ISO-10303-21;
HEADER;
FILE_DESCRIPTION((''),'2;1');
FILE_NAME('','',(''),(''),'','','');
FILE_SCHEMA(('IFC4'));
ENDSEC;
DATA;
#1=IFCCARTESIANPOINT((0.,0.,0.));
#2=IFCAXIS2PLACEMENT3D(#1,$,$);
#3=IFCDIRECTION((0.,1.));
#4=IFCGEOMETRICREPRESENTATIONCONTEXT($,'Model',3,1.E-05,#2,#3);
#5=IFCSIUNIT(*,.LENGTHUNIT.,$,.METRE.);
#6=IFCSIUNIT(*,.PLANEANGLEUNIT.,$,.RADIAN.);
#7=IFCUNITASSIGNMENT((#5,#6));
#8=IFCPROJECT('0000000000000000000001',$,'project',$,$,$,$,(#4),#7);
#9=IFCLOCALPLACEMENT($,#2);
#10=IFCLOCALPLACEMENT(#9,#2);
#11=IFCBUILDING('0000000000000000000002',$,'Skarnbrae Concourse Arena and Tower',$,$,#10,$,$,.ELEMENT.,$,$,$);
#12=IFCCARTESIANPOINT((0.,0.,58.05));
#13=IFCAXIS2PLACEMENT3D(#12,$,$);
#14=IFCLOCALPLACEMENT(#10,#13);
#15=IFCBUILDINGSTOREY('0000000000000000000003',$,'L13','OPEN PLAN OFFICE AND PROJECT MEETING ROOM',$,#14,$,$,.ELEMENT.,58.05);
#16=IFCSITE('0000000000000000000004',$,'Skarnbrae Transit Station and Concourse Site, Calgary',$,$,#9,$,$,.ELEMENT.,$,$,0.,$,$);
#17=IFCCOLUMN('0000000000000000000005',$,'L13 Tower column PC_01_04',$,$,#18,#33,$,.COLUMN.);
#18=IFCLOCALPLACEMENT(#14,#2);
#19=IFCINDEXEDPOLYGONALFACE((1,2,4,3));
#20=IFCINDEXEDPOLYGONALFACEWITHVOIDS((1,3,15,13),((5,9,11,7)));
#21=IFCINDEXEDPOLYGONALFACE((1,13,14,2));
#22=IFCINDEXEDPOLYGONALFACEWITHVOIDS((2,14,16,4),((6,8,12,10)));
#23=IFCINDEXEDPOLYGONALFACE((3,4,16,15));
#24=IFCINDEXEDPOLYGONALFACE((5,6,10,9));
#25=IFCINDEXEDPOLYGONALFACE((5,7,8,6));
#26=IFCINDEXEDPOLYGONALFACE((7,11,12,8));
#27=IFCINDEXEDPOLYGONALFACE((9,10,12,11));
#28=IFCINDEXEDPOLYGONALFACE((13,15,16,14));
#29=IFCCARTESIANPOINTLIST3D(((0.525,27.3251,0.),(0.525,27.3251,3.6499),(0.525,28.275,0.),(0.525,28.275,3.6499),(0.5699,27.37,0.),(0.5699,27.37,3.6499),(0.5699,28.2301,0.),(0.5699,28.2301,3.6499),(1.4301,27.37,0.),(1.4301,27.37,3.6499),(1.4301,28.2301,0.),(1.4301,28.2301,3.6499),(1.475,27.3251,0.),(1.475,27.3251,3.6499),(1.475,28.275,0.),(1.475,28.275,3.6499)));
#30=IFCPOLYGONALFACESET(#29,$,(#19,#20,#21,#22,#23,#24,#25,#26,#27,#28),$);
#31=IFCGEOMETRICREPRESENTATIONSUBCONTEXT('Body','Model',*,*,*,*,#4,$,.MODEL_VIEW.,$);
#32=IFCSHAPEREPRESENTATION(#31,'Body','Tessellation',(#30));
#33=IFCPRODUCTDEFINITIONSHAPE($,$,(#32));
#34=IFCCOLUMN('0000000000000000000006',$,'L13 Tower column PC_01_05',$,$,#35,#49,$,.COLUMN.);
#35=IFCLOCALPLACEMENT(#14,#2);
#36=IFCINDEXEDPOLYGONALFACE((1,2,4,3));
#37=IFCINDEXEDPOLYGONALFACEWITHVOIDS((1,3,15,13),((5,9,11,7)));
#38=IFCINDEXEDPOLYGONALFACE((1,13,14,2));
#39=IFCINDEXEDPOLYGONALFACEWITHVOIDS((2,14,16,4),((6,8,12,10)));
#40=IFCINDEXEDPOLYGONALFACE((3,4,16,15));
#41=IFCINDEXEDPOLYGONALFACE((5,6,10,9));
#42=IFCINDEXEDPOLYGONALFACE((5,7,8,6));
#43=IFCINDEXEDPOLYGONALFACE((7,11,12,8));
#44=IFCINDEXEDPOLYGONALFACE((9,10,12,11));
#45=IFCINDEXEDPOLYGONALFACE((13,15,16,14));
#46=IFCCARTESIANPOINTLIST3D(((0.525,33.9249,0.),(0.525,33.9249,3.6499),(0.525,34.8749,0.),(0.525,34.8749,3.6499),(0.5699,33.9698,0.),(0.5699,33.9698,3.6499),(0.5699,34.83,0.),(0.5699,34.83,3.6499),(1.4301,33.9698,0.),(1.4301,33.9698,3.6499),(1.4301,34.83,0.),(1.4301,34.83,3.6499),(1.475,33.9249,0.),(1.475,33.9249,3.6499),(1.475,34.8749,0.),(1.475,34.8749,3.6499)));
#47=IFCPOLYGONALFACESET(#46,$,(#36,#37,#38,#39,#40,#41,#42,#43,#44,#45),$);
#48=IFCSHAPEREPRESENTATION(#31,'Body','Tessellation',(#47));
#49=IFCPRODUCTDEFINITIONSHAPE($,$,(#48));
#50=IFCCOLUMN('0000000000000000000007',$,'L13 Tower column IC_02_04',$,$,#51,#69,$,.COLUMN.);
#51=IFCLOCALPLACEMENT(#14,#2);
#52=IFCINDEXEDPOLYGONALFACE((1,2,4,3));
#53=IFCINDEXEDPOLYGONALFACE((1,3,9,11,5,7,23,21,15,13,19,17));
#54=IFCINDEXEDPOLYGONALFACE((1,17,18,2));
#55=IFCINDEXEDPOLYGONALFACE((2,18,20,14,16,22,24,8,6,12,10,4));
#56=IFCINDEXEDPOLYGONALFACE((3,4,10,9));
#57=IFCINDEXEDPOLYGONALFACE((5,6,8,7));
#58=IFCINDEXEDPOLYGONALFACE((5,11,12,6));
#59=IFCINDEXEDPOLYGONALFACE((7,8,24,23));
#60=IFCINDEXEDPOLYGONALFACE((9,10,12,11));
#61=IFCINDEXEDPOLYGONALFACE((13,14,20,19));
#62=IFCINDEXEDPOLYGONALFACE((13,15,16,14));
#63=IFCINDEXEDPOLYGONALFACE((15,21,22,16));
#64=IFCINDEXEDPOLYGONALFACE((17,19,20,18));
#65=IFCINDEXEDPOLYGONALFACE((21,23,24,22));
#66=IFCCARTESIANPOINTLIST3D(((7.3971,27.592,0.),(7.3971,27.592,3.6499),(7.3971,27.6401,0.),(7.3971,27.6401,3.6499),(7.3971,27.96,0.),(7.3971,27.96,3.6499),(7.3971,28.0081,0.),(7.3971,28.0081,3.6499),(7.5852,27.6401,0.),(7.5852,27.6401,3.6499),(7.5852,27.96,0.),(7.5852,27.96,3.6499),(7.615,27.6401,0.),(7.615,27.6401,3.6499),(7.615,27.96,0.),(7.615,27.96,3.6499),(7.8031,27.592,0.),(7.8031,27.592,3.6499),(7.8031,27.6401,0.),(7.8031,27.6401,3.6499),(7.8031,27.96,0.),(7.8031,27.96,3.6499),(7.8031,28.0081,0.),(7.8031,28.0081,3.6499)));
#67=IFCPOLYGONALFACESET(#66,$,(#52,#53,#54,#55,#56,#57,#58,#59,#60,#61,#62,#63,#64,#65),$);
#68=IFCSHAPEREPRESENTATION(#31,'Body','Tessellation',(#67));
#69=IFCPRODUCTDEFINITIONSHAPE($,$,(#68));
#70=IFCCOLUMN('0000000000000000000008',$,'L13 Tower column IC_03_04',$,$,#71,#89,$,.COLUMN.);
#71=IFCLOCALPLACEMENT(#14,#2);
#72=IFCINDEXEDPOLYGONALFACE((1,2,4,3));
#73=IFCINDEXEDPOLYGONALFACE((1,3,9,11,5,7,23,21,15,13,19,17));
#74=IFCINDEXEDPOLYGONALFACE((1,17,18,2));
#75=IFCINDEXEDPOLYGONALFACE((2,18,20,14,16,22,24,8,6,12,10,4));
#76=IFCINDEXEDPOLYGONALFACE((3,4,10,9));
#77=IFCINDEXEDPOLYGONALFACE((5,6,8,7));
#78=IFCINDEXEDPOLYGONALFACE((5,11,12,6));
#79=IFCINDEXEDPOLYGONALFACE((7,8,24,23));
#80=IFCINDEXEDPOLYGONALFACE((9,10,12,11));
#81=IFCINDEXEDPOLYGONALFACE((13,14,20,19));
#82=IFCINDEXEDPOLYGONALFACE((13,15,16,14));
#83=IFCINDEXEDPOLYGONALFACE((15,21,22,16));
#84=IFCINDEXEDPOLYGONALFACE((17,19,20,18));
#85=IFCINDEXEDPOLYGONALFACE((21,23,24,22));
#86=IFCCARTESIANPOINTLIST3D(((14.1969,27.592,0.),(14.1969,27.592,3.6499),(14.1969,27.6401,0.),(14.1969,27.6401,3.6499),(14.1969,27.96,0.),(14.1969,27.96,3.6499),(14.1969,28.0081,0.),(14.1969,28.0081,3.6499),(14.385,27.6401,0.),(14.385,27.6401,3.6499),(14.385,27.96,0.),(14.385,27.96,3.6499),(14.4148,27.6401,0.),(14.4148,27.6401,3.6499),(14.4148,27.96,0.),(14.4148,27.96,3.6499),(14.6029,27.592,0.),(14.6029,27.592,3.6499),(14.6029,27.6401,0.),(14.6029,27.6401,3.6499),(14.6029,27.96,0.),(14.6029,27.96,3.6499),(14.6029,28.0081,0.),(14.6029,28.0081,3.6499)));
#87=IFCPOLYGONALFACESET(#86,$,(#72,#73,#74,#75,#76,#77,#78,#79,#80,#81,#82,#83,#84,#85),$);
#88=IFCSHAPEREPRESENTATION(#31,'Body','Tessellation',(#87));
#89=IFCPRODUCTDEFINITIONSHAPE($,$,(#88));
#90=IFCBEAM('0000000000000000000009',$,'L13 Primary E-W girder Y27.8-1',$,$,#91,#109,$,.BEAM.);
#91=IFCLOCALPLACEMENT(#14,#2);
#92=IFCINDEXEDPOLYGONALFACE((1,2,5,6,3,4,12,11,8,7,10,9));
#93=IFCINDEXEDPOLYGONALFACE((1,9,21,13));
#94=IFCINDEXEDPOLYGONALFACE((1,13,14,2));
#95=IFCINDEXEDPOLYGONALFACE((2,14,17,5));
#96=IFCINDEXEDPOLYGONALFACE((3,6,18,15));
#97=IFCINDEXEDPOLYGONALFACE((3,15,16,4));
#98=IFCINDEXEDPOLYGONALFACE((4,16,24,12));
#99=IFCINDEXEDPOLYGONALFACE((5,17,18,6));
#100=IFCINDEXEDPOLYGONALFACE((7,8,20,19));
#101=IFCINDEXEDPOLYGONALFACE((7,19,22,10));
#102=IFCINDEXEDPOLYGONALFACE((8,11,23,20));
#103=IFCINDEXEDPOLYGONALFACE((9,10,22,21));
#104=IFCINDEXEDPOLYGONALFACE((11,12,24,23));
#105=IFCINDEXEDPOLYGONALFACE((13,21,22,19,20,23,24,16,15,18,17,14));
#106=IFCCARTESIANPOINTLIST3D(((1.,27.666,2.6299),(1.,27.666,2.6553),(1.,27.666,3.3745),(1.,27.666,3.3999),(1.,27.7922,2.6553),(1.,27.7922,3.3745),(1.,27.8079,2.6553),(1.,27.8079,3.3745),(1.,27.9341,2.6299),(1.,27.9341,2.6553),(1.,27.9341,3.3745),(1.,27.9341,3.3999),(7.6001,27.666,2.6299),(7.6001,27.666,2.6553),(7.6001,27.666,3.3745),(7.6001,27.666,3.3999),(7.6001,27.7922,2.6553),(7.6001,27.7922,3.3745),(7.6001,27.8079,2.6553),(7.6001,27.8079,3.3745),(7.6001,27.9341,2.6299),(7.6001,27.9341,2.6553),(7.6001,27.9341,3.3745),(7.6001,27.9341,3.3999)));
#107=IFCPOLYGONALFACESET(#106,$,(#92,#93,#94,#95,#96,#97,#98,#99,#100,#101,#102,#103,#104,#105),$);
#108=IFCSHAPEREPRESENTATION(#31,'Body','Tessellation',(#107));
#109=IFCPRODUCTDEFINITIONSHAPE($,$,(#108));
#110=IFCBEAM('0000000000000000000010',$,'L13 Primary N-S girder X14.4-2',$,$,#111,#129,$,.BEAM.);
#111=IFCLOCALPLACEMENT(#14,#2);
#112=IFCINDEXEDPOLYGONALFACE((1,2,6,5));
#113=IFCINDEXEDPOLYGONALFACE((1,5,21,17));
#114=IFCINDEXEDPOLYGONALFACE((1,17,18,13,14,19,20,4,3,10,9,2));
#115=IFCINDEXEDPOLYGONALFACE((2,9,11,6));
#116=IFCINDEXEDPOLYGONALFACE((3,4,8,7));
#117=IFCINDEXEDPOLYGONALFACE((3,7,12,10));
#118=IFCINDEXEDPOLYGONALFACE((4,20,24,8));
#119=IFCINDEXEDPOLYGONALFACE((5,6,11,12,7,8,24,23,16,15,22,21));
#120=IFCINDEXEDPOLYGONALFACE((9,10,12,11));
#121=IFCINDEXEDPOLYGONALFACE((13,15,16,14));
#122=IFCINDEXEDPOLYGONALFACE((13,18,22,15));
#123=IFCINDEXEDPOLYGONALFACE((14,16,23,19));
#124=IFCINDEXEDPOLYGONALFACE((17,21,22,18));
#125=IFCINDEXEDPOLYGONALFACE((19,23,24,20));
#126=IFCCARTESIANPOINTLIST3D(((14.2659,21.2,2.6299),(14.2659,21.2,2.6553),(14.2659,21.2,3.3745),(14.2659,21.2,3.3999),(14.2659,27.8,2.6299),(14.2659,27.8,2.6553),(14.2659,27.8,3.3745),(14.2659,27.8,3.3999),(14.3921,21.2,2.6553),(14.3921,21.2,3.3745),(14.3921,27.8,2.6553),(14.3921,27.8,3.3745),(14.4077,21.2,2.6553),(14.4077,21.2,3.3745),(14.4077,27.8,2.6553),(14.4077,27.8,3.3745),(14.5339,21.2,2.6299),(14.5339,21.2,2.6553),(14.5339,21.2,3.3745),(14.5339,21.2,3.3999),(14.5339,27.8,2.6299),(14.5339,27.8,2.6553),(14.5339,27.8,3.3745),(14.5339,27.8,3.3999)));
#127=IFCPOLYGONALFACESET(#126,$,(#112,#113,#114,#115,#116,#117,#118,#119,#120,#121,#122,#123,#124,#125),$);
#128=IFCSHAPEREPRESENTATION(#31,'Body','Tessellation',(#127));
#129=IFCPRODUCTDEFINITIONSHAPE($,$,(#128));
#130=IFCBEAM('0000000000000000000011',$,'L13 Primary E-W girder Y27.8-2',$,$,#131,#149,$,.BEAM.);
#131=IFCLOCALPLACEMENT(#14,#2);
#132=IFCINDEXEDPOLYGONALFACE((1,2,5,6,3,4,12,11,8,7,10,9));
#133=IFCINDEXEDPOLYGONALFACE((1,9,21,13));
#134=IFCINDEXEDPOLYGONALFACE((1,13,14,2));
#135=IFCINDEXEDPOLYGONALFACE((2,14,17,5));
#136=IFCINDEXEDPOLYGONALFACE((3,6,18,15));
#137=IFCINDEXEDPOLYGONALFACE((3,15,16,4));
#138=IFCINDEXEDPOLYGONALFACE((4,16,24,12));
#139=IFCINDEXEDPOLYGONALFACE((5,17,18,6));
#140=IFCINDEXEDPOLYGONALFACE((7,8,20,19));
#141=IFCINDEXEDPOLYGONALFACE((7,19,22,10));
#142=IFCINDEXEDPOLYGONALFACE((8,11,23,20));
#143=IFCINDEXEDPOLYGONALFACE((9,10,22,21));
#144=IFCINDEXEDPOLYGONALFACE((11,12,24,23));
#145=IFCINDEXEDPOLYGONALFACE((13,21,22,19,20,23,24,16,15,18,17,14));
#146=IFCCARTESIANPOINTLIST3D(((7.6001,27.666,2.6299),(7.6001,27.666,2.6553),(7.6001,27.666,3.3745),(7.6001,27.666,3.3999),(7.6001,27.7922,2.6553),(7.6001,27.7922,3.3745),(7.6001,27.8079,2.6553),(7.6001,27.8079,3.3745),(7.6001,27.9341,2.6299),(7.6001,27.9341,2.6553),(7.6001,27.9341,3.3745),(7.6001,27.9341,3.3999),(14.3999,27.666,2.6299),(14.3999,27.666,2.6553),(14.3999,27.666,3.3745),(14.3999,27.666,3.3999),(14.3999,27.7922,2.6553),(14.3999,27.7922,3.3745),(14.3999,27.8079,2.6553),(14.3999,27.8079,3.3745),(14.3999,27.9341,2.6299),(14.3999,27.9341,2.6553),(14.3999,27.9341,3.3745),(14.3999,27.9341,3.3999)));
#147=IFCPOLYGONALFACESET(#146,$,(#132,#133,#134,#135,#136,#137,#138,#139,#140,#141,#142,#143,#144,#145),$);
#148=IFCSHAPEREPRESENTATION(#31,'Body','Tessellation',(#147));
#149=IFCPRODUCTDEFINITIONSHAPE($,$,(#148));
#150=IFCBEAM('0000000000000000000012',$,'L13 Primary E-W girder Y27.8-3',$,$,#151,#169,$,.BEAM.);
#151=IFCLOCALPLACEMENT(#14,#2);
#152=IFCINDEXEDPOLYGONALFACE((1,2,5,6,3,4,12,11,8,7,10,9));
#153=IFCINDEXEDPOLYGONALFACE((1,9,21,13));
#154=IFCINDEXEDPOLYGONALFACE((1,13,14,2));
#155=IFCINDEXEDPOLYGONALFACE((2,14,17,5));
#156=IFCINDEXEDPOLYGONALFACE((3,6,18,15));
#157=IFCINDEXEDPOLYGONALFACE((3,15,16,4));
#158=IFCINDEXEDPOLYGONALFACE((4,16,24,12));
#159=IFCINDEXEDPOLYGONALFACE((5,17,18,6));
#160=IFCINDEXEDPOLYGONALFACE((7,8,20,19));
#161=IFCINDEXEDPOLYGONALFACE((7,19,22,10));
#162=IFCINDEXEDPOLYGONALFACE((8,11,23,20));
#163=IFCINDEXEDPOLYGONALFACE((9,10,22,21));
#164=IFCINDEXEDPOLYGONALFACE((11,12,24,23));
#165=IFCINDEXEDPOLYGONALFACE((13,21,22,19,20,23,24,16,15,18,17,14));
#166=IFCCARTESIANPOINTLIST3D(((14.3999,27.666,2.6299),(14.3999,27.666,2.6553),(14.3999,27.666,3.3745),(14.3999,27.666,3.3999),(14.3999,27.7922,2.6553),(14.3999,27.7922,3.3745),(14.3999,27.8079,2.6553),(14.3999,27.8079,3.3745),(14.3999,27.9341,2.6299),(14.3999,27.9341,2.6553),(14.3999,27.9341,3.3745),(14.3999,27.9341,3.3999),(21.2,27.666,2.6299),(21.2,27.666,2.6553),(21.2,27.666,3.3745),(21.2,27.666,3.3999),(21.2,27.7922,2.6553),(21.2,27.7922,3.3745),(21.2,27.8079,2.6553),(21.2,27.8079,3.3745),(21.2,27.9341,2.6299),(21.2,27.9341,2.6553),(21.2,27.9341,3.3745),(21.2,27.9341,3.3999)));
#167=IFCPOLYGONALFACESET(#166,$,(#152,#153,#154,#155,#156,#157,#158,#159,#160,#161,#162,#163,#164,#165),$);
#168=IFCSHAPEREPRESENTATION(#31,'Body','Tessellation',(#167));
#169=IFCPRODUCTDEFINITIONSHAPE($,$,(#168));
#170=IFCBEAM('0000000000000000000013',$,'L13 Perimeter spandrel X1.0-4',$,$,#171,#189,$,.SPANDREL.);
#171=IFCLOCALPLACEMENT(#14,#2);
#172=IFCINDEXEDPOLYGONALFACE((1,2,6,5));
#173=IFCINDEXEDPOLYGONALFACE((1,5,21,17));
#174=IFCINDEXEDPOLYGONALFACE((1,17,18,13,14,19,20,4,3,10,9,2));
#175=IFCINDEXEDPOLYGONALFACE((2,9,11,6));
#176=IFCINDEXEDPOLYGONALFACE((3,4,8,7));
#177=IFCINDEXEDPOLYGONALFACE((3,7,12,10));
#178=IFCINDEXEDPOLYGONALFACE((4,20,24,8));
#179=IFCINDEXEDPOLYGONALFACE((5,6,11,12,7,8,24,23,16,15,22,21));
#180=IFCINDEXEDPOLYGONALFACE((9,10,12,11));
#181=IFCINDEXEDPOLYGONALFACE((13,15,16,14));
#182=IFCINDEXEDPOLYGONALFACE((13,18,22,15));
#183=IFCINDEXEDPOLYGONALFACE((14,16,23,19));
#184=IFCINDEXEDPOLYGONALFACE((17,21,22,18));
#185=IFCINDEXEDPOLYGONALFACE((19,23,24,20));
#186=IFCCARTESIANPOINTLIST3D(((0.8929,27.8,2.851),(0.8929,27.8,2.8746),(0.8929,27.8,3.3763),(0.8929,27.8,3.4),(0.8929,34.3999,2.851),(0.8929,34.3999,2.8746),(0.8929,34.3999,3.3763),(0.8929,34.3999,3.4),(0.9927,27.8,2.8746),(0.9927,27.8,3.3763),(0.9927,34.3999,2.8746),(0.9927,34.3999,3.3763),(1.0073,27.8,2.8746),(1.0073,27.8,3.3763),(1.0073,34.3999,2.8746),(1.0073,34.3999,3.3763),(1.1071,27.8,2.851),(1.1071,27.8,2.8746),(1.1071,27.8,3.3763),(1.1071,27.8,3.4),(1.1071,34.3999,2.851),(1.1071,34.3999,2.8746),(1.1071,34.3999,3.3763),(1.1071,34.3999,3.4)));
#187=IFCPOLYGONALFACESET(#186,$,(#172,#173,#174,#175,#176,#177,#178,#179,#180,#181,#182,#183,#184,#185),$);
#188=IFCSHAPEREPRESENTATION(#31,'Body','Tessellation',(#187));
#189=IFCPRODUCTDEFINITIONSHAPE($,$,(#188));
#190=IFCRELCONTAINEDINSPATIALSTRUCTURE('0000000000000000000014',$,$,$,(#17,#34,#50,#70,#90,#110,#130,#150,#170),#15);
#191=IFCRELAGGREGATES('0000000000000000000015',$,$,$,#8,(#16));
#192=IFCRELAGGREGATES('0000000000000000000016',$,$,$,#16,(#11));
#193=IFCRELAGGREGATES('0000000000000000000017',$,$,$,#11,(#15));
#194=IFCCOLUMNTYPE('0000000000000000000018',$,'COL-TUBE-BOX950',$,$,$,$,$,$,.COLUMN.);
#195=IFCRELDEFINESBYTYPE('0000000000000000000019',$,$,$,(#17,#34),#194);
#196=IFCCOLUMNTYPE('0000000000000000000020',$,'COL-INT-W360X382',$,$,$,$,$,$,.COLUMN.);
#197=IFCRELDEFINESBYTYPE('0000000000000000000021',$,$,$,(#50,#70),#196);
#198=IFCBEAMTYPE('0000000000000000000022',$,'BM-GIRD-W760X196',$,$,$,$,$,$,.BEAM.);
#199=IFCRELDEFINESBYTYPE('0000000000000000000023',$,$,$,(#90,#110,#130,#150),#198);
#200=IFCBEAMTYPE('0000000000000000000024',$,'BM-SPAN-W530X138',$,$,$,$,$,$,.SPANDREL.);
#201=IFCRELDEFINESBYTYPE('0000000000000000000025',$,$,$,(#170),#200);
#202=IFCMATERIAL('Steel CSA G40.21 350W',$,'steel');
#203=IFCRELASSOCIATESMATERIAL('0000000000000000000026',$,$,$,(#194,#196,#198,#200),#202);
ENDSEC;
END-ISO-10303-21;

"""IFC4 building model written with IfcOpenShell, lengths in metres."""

from ifc_helpers import new_model, si_unit, direction, frame, origin, origin_2d, place, context, subcontext, project, spatial, hollow_rectangle, i_section, extrude, source, transform, mapped, material, material_profile, profile_set, type_object, element, save


model = new_model("IFC4")

# Units and contexts
model_context = context("Model", 3, precision=1e-05, world=origin(), true_north=direction((0.0, 1.0)))
body_context = subcontext(model_context, "Body", "Model", "MODEL_VIEW")
ifc_project = project(units=[si_unit("LENGTHUNIT", "METRE"), si_unit("PLANEANGLEUNIT", "RADIAN")], contexts=[model_context])

# Site, building, storey
site_placement = place(None, origin())
site = spatial("IfcSite", under=ifc_project, at=site_placement, Name="Skarnbrae Transit Station and Concourse Site, Calgary", CompositionType="ELEMENT", RefElevation=0.0)
building_placement = place(site_placement, origin())
building = spatial("IfcBuilding", under=site, at=building_placement, Name="Skarnbrae Concourse Arena and Tower", CompositionType="ELEMENT")
storey_placement = place(building_placement, frame((0.0, 0.0, 58.05)))
storey = spatial("IfcBuildingStorey", under=building, at=storey_placement, Name="L13", Description="OPEN PLAN OFFICE AND PROJECT MEETING ROOM", CompositionType="ELEMENT", Elevation=58.05)

# Columns
ifc_material_1 = material(Name="Steel CSA G40.21 350W", Category="steel")
ifc_material_profile_1 = material_profile(ifc_material_1, hollow_rectangle(XDim=0.95, YDim=0.95, WallThickness=0.0449, at=origin_2d()), Name="BOX950X950X45")
ifc_profile_set_1 = profile_set([ifc_material_profile_1], Name="Steel CSA G40.21 350W")
column_type_1 = type_object("IfcColumnType", Name="COL-TUBE-BOX950", PredefinedType="COLUMN", material=ifc_profile_set_1)
shared_shape_1 = source(origin(), body_context, "Body", "SweptSolid", [
    extrude(hollow_rectangle(XDim=0.95, YDim=0.95, WallThickness=0.0449, at=origin_2d()), origin(), (0.0, 0.0, 1.0), 3.6499),
])
for number, where, z_axis, x_axis, name in (
    (1, (1.0, 27.8, 0.0), (0.0, 0.0, 1.0), (1.0, 0.0, 0.0), "L13 Tower column PC_01_04"),
    (2, (1.0, 34.3999, 0.0), (0.0, 0.0, 1.0), (1.0, 0.0, 0.0), "L13 Tower column PC_01_05"),
):
    element("IfcColumn", number, at=place(storey_placement, frame(where, z_axis=z_axis, x_axis=x_axis)), inside=storey, type_object=column_type_1, Name=name, PredefinedType="COLUMN", context=body_context, shape_type="MappedRepresentation", body=[
        mapped(shared_shape_1, transform((0.0, 0.0, 0.0))),
    ])
ifc_material_profile_2 = material_profile(ifc_material_1, i_section(OverallWidth=0.406, OverallDepth=0.416, WebThickness=0.0298, FlangeThickness=0.0481, at=origin_2d()), Name="W360X382")
ifc_profile_set_2 = profile_set([ifc_material_profile_2], Name="Steel CSA G40.21 350W")
column_type_2 = type_object("IfcColumnType", Name="COL-INT-W360X382", PredefinedType="COLUMN", material=ifc_profile_set_2)
shared_shape_2 = source(origin(), body_context, "Body", "SweptSolid", [
    extrude(i_section(OverallWidth=0.406, OverallDepth=0.416, WebThickness=0.0298, FlangeThickness=0.0481, at=origin_2d()), origin(), (0.0, 0.0, 1.0), 3.6499),
])
for number, where, z_axis, x_axis, name in (
    (3, (7.6001, 27.8, 0.0), (0.0, 0.0, 1.0), (1.0, 0.0, 0.0), "L13 Tower column IC_02_04"),
    (4, (14.3999, 27.8, 0.0), (0.0, 0.0, 1.0), (1.0, 0.0, 0.0), "L13 Tower column IC_03_04"),
):
    element("IfcColumn", number, at=place(storey_placement, frame(where, z_axis=z_axis, x_axis=x_axis)), inside=storey, type_object=column_type_2, Name=name, PredefinedType="COLUMN", context=body_context, shape_type="MappedRepresentation", body=[
        mapped(shared_shape_2, transform((0.0, 0.0, 0.0))),
    ])

# Beams
ifc_material_profile_3 = material_profile(ifc_material_1, i_section(OverallWidth=0.2681, OverallDepth=0.77, WebThickness=0.0156, FlangeThickness=0.0254, at=origin_2d()), Name="W760X196")
ifc_profile_set_3 = profile_set([ifc_material_profile_3], Name="Steel CSA G40.21 350W")
beam_type_1 = type_object("IfcBeamType", Name="BM-GIRD-W760X196", PredefinedType="BEAM", material=ifc_profile_set_3)
shared_shape_3 = source(origin(), body_context, "Body", "SweptSolid", [
    extrude(i_section(OverallWidth=0.2681, OverallDepth=0.77, WebThickness=0.0156, FlangeThickness=0.0254, at=origin_2d()), origin(), (0.0, 0.0, 1.0), 6.6001),
])
for number, where, z_axis, x_axis, name in (
    (5, (1.0, 27.8, 3.0149), (1.0, 0.0, 0.0), (0.0, 1.0, 0.0), "L13 Primary E-W girder Y27.8-1"),
    (6, (14.3999, 21.2, 3.0149), (0.0, 1.0, 0.0), (-1.0, 0.0, 0.0), "L13 Primary N-S girder X14.4-2"),
):
    element("IfcBeam", number, at=place(storey_placement, frame(where, z_axis=z_axis, x_axis=x_axis)), inside=storey, type_object=beam_type_1, Name=name, PredefinedType="BEAM", context=body_context, shape_type="MappedRepresentation", body=[
        mapped(shared_shape_3, transform((0.0, 0.0, 0.0))),
    ])
shared_shape_4 = source(origin(), body_context, "Body", "SweptSolid", [
    extrude(i_section(OverallWidth=0.2681, OverallDepth=0.77, WebThickness=0.0156, FlangeThickness=0.0254, at=origin_2d()), origin(), (0.0, 0.0, 1.0), 6.7998),
])
beam_1_placement = place(storey_placement, frame((7.6001, 27.8, 3.0149), z_axis=(1.0, 0.0, 0.0), x_axis=(0.0, 1.0, 0.0)))
element("IfcBeam", 7, at=beam_1_placement, inside=storey, type_object=beam_type_1, Name="L13 Primary E-W girder Y27.8-2", PredefinedType="BEAM", context=body_context, shape_type="MappedRepresentation", body=[
    mapped(shared_shape_4, transform((0.0, 0.0, 0.0))),
])
shared_shape_5 = source(origin(), body_context, "Body", "SweptSolid", [
    extrude(i_section(OverallWidth=0.2681, OverallDepth=0.77, WebThickness=0.0156, FlangeThickness=0.0254, at=origin_2d()), origin(), (0.0, 0.0, 1.0), 6.8),
])
beam_2_placement = place(storey_placement, frame((14.3999, 27.8, 3.0149), z_axis=(1.0, 0.0, 0.0), x_axis=(0.0, 1.0, 0.0)))
element("IfcBeam", 8, at=beam_2_placement, inside=storey, type_object=beam_type_1, Name="L13 Primary E-W girder Y27.8-3", PredefinedType="BEAM", context=body_context, shape_type="MappedRepresentation", body=[
    mapped(shared_shape_5, transform((0.0, 0.0, 0.0))),
])
ifc_material_profile_4 = material_profile(ifc_material_1, i_section(OverallWidth=0.2141, OverallDepth=0.5491, WebThickness=0.0146, FlangeThickness=0.0237, at=origin_2d()), Name="W530X138")
ifc_profile_set_4 = profile_set([ifc_material_profile_4], Name="Steel CSA G40.21 350W")
beam_type_2 = type_object("IfcBeamType", Name="BM-SPAN-W530X138", PredefinedType="SPANDREL", material=ifc_profile_set_4)
shared_shape_6 = source(origin(), body_context, "Body", "SweptSolid", [
    extrude(i_section(OverallWidth=0.2141, OverallDepth=0.5491, WebThickness=0.0146, FlangeThickness=0.0237, at=origin_2d()), origin(), (0.0, 0.0, 1.0), 6.5999),
])
beam_3_placement = place(storey_placement, frame((1.0, 27.8, 3.1255), z_axis=(0.0, 1.0, 0.0), x_axis=(-1.0, 0.0, 0.0)))
element("IfcBeam", 9, at=beam_3_placement, inside=storey, type_object=beam_type_2, Name="L13 Perimeter spandrel X1.0-4", PredefinedType="SPANDREL", context=body_context, shape_type="MappedRepresentation", body=[
    mapped(shared_shape_6, transform((0.0, 0.0, 0.0))),
])

save(model, "model.ifc")
